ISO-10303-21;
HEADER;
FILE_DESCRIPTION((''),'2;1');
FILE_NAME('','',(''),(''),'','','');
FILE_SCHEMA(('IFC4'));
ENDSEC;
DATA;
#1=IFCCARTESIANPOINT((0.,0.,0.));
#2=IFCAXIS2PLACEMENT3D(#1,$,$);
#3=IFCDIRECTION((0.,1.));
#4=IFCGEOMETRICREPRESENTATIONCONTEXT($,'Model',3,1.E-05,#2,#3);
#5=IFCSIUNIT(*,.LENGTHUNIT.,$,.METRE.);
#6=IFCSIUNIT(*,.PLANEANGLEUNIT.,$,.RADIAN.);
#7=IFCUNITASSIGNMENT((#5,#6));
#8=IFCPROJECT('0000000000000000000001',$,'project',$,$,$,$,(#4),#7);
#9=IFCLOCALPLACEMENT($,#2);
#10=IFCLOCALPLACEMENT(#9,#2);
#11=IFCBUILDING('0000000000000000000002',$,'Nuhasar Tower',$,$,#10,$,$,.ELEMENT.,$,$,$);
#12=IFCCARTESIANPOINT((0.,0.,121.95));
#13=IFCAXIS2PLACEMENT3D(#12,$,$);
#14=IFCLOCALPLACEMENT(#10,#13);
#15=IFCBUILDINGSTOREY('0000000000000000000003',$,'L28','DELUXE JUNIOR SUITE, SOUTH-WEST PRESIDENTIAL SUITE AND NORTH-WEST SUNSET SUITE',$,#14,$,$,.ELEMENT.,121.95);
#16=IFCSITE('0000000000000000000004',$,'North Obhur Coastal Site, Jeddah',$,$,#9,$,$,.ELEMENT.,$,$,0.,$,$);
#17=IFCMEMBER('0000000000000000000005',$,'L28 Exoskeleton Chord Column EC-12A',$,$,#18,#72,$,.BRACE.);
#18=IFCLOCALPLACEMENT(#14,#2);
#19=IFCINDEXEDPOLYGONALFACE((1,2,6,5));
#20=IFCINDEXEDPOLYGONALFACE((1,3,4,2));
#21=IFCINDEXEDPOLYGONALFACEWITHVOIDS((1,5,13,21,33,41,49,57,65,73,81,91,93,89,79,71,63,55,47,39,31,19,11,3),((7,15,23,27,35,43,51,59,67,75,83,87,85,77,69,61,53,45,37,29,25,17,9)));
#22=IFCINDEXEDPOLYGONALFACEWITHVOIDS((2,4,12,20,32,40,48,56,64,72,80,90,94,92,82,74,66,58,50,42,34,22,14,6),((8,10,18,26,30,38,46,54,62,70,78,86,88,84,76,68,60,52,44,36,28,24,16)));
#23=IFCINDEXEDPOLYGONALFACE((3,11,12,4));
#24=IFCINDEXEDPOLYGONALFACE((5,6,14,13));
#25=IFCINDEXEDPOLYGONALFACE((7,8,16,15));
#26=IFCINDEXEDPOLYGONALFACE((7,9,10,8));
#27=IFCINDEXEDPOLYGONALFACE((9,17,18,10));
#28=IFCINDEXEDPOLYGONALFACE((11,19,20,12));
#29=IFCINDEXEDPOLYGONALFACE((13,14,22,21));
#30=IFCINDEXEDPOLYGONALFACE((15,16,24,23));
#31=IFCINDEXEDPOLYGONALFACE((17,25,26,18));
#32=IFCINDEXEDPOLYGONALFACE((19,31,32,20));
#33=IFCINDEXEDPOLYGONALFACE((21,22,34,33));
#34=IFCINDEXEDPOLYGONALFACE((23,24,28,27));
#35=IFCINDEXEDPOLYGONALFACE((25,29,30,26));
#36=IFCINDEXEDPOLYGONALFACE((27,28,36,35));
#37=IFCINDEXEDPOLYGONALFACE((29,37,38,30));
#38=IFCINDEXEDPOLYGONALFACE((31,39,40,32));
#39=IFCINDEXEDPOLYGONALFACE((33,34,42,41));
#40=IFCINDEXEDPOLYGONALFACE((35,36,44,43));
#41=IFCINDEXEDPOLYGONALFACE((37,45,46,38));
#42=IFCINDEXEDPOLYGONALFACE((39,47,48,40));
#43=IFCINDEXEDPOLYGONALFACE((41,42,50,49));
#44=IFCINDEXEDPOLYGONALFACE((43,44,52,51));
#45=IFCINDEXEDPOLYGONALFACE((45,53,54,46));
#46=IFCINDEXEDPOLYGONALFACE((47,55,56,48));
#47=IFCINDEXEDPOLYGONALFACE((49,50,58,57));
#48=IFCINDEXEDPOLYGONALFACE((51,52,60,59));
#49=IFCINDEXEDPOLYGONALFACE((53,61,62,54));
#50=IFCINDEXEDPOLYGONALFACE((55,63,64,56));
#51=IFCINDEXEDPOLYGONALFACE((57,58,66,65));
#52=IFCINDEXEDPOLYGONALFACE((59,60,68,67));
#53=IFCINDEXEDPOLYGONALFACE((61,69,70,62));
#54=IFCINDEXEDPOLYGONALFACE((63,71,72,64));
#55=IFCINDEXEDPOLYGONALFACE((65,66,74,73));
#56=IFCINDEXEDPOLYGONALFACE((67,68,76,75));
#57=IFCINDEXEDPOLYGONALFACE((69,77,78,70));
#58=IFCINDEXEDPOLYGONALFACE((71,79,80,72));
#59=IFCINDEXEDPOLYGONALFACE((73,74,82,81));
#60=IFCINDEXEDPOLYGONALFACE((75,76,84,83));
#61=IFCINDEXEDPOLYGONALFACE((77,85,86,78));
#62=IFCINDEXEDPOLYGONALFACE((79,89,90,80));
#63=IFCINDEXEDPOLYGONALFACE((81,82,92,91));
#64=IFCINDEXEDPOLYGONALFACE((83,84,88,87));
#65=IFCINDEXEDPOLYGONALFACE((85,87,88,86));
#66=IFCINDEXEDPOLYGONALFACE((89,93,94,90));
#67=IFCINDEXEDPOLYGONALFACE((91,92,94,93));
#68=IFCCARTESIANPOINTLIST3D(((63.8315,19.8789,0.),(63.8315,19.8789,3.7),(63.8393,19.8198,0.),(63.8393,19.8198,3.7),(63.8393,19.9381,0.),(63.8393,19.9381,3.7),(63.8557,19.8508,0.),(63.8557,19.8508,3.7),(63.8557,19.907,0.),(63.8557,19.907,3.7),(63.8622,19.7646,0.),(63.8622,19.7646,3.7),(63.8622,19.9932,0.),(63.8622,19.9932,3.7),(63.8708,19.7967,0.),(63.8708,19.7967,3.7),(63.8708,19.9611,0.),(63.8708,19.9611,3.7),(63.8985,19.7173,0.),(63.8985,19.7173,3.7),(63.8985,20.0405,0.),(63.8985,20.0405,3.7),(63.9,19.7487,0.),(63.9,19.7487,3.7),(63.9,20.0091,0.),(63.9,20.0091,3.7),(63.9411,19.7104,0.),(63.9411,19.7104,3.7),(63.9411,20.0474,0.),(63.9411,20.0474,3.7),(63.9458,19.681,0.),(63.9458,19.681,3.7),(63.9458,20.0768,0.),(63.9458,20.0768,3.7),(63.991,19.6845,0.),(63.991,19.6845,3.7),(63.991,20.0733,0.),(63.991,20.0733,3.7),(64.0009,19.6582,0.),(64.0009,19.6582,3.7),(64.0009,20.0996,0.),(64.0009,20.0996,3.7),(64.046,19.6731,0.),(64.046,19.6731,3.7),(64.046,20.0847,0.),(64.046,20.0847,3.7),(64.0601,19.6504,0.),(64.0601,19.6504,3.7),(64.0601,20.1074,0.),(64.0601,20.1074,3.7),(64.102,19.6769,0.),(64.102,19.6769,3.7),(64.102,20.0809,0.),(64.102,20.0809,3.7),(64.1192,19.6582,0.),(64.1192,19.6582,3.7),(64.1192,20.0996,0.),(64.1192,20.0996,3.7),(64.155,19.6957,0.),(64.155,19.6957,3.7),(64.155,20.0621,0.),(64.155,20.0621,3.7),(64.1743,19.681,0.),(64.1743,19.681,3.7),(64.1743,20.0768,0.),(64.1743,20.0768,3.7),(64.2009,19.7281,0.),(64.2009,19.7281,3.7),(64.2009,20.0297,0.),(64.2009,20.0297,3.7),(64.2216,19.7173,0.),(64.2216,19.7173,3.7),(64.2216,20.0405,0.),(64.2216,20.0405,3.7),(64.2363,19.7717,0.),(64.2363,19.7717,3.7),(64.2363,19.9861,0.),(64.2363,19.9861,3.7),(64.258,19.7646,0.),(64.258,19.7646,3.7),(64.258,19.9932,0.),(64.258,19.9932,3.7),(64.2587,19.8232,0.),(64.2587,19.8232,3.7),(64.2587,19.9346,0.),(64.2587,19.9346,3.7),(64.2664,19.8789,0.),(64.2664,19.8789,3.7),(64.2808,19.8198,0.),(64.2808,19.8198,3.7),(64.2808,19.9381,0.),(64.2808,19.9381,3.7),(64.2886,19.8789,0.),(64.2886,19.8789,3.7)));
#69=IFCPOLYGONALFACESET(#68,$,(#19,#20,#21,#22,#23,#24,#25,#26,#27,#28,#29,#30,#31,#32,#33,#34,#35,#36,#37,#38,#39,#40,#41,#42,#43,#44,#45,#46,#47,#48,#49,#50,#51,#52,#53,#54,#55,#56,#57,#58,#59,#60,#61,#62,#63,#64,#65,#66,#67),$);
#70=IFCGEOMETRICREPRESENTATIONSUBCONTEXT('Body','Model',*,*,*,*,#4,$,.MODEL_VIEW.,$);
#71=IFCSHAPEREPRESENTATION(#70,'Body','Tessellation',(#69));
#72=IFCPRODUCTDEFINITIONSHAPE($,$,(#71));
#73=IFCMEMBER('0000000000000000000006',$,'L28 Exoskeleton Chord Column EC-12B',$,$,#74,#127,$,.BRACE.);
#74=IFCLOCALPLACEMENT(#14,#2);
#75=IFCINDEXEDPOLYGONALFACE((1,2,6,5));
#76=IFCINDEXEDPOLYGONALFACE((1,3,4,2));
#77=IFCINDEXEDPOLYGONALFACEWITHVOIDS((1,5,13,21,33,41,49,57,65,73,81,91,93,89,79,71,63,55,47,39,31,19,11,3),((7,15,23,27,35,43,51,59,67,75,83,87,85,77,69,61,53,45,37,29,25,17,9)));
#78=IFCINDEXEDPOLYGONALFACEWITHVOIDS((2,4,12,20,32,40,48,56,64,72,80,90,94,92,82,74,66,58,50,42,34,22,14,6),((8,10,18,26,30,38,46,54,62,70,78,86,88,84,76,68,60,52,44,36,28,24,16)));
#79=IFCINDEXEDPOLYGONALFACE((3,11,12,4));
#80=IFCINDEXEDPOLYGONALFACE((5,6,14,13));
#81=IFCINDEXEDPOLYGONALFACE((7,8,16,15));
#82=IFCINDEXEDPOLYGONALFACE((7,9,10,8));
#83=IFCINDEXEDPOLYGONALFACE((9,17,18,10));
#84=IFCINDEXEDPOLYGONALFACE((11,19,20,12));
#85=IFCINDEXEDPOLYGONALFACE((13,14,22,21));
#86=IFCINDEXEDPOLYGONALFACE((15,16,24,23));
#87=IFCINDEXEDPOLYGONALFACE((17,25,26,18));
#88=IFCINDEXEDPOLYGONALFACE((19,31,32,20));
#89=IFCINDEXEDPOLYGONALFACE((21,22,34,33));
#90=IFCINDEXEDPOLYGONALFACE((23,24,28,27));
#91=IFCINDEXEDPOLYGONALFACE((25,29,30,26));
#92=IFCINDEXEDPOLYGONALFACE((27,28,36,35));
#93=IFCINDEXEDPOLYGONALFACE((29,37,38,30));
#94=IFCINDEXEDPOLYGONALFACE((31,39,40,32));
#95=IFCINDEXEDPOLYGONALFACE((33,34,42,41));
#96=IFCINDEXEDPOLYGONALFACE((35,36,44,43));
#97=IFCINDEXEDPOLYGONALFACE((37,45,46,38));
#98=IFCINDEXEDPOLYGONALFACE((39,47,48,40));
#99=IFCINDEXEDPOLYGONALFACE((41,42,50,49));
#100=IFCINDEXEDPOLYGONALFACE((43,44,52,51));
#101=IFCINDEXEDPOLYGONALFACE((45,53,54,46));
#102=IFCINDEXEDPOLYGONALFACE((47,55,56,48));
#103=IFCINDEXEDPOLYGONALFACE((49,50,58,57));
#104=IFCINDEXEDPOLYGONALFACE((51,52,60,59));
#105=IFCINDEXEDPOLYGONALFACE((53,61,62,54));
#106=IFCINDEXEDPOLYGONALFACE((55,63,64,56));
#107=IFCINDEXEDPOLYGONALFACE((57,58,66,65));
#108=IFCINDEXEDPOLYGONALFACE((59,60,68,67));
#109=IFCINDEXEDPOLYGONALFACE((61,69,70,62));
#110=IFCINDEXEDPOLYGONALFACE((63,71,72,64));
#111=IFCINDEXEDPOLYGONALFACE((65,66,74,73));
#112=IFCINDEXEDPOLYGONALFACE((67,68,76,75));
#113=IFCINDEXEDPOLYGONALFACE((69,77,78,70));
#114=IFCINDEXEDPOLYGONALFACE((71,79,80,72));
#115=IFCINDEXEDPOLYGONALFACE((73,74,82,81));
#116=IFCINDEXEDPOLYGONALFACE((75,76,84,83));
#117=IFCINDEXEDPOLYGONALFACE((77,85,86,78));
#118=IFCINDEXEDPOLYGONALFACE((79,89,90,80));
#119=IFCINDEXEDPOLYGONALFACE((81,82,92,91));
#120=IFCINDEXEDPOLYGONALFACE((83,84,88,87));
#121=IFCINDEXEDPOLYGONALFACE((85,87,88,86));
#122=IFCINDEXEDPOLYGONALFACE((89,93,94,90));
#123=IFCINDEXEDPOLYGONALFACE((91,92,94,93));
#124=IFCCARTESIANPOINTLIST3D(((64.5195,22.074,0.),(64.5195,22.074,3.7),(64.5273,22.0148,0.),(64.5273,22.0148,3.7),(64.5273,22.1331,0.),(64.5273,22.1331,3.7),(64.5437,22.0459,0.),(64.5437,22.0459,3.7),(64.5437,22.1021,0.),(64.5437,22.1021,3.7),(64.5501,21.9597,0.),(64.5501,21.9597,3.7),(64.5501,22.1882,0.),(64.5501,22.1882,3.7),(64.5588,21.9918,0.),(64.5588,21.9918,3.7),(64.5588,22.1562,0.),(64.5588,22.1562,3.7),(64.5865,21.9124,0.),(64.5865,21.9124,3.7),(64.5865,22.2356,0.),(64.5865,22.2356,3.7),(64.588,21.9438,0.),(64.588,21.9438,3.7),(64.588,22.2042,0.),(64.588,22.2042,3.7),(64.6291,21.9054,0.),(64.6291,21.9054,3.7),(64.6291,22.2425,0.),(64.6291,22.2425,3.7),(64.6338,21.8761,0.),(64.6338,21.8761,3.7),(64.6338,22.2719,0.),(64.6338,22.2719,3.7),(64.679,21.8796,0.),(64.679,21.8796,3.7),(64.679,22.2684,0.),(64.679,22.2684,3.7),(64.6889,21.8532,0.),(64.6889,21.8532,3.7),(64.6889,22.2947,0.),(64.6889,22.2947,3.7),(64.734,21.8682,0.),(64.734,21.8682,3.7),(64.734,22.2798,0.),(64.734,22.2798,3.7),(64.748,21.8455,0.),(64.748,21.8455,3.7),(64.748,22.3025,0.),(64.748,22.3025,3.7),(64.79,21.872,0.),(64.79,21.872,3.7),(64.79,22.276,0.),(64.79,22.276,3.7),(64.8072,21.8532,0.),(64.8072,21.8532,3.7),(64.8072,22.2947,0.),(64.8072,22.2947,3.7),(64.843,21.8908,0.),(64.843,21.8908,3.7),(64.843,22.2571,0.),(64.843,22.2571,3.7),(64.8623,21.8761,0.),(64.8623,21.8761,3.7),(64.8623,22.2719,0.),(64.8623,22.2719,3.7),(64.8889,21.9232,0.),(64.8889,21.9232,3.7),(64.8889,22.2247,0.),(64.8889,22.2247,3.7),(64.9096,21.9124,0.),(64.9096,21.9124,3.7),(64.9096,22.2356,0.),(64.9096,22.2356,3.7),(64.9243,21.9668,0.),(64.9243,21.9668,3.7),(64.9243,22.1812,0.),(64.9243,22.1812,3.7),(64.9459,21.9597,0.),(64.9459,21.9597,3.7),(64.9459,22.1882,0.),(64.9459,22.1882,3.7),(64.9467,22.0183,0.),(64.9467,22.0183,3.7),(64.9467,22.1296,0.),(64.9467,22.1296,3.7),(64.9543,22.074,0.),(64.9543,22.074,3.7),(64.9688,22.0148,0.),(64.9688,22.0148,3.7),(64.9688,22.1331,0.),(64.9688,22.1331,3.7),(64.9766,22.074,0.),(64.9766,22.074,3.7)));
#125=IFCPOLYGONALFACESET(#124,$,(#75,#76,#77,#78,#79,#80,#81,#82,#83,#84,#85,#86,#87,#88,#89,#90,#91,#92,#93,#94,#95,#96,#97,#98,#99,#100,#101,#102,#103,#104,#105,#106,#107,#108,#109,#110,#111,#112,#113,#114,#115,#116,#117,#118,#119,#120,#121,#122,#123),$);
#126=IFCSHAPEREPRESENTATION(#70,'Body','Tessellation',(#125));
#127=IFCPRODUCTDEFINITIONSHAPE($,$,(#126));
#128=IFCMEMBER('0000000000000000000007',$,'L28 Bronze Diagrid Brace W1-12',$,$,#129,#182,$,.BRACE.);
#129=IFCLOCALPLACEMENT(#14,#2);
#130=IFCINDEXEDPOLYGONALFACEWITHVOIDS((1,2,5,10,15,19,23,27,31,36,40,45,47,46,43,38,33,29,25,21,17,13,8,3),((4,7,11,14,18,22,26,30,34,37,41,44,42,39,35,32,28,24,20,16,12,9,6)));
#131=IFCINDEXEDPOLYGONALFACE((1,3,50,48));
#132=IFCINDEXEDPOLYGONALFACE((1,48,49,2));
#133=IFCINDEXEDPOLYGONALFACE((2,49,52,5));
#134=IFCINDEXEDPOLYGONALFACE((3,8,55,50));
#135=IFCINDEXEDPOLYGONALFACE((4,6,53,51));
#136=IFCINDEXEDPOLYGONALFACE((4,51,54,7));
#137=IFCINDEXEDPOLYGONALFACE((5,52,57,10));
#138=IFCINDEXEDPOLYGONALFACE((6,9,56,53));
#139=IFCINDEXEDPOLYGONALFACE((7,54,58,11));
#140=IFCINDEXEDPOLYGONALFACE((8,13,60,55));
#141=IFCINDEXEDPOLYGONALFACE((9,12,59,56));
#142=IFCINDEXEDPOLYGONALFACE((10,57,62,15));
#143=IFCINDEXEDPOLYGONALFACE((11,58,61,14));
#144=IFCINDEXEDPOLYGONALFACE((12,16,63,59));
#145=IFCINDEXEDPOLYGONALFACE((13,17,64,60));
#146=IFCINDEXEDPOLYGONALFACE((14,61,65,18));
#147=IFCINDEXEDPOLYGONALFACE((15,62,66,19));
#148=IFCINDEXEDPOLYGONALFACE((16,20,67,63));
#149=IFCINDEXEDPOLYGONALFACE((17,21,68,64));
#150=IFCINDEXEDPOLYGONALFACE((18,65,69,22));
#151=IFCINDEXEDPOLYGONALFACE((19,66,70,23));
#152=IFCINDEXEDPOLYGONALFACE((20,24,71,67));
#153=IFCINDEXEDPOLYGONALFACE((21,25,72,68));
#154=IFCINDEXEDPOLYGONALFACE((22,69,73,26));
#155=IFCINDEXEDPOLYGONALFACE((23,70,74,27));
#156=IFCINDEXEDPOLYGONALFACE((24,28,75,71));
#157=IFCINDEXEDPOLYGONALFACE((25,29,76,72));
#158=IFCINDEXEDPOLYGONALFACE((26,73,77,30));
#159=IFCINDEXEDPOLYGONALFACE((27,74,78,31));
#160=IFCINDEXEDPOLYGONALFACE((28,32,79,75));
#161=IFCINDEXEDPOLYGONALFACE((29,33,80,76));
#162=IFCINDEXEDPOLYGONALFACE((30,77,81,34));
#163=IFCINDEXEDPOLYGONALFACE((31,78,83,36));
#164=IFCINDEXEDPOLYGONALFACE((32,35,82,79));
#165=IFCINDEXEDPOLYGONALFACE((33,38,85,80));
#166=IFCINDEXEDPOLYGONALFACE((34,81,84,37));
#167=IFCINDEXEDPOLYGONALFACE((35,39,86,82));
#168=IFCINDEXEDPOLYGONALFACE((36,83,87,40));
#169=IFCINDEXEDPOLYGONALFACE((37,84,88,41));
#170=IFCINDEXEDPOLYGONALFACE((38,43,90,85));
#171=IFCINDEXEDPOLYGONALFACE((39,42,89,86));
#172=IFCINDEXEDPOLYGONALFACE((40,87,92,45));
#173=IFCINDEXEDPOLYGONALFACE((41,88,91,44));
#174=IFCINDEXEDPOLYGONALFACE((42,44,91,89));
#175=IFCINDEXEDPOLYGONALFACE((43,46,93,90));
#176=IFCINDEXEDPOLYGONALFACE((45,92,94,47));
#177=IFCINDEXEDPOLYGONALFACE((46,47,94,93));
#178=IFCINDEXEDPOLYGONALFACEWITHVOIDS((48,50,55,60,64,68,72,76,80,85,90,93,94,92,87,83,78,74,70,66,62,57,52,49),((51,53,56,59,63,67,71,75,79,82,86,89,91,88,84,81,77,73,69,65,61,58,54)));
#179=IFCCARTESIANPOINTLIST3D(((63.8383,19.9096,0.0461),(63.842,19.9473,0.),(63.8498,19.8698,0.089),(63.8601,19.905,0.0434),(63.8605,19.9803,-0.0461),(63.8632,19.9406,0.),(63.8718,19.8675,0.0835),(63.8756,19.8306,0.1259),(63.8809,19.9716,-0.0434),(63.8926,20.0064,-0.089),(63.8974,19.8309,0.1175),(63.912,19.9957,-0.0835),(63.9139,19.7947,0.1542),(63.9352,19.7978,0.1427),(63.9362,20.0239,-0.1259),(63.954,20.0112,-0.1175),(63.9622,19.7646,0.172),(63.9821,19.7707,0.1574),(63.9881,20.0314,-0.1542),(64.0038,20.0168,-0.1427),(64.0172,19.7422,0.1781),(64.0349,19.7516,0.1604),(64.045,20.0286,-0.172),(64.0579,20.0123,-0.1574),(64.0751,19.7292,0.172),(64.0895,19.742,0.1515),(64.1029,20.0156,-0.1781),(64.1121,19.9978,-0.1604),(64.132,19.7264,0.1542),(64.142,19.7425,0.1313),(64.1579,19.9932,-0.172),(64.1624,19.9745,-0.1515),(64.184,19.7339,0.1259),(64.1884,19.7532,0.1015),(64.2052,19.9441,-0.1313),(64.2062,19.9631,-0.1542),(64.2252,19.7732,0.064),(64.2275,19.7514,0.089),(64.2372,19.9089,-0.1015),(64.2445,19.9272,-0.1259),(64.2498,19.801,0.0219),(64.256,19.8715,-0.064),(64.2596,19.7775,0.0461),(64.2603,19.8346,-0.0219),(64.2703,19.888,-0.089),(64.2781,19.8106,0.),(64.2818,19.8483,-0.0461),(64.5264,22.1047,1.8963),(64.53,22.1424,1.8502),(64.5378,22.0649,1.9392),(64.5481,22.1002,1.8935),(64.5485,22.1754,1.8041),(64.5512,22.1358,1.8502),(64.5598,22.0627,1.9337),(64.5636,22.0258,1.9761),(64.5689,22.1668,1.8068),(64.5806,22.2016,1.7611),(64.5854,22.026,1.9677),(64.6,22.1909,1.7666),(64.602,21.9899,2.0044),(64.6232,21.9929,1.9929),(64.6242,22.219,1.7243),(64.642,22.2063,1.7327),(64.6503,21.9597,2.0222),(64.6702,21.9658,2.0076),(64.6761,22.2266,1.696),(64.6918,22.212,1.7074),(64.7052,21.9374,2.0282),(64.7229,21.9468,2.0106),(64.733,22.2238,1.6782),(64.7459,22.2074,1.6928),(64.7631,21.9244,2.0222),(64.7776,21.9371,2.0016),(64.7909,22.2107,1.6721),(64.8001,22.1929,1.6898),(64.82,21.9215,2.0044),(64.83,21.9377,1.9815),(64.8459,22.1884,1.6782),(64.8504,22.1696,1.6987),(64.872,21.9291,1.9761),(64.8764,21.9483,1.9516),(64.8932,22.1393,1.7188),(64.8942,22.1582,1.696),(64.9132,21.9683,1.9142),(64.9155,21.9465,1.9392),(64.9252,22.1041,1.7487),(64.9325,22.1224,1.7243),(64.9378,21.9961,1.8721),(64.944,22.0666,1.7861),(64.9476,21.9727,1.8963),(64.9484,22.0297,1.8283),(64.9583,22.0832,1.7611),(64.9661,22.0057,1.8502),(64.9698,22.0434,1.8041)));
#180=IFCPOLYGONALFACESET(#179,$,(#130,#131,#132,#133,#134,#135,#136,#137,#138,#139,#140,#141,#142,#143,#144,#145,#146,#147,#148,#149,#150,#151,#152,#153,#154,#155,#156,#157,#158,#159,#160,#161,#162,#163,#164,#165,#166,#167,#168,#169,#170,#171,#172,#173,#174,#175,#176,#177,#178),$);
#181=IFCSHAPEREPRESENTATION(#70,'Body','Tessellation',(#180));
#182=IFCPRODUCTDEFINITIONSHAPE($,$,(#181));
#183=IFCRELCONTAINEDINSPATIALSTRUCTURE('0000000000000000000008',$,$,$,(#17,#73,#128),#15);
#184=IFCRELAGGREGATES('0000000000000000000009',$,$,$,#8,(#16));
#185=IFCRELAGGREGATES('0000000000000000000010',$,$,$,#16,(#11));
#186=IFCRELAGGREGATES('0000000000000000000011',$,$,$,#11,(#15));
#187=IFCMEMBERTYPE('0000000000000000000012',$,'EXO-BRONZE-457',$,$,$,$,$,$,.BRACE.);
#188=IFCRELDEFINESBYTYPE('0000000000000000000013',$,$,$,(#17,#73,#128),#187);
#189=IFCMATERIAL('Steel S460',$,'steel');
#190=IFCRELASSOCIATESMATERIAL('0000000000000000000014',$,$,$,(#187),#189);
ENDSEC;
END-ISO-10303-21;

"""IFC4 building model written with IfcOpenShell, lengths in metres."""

from ifc_helpers import new_model, si_unit, direction, frame, origin, origin_2d, place, context, subcontext, project, spatial, hollow_circle, extrude, material, material_profile, profile_set, type_object, element, save


model = new_model("IFC4")

# Units and contexts
model_context = context("Model", 3, precision=1e-05, world=origin(), true_north=direction((0.0, 1.0)))
body_context = subcontext(model_context, "Body", "Model", "MODEL_VIEW")
ifc_project = project(units=[si_unit("LENGTHUNIT", "METRE"), si_unit("PLANEANGLEUNIT", "RADIAN")], contexts=[model_context])

# Site, building, storey
site_placement = place(None, origin())
site = spatial("IfcSite", under=ifc_project, at=site_placement, Name="North Obhur Coastal Site, Jeddah", CompositionType="ELEMENT", RefElevation=0.0)
building_placement = place(site_placement, origin())
building = spatial("IfcBuilding", under=site, at=building_placement, Name="Nuhasar Tower", CompositionType="ELEMENT")
storey_placement = place(building_placement, frame((0.0, 0.0, 121.95)))
storey = spatial("IfcBuildingStorey", under=building, at=storey_placement, Name="L28", Description="DELUXE JUNIOR SUITE, SOUTH-WEST PRESIDENTIAL SUITE AND NORTH-WEST SUNSET SUITE", CompositionType="ELEMENT", Elevation=121.95)

# Members
ifc_material_1 = material(Name="Steel S460", Category="steel")
ifc_material_profile_1 = material_profile(ifc_material_1, hollow_circle(Radius=0.2285, WallThickness=0.0222, at=origin_2d()), Name="HSS457X22.2")
ifc_profile_set_1 = profile_set([ifc_material_profile_1], Name="Steel S460")
member_type = type_object("IfcMemberType", Name="EXO-BRONZE-457", PredefinedType="BRACE", material=ifc_profile_set_1)
for number, where, z_axis, x_axis, name in (
    (1, (64.0601, 19.8789, 0.0), (0.0, 0.0, 1.0), (1.0, 0.0, 0.0), "L28 Exoskeleton Chord Column EC-12A"),
    (2, (64.748, 22.074, 0.0), (0.0, 0.0, 1.0), (1.0, 0.0, 0.0), "L28 Exoskeleton Chord Column EC-12B"),
):
    element("IfcMember", number, at=place(storey_placement, frame(where, z_axis=z_axis, x_axis=x_axis)), inside=storey, type_object=member_type, Name=name, PredefinedType="BRACE", context=body_context, shape_type="SweptSolid", body=[
        extrude(hollow_circle(Radius=0.2285, WallThickness=0.0222, at=origin_2d()), origin(), (0.0, 0.0, 1.0), 3.7),
    ])
member_1_placement = place(storey_placement, frame((64.0601, 19.8789, 0.0), z_axis=(0.233056, 0.743578, 0.626719), x_axis=(-0.954228, 0.299079, 0.0)))
element("IfcMember", 3, at=member_1_placement, inside=storey, type_object=member_type, Name="L28 Bronze Diagrid Brace W1-12", PredefinedType="BRACE", context=body_context, shape_type="SweptSolid", body=[
    extrude(hollow_circle(Radius=0.2285, WallThickness=0.0222, at=origin_2d()), origin(), (0.0, 0.0, 1.0), 2.9521),
])

save(model, "model.ifc")
